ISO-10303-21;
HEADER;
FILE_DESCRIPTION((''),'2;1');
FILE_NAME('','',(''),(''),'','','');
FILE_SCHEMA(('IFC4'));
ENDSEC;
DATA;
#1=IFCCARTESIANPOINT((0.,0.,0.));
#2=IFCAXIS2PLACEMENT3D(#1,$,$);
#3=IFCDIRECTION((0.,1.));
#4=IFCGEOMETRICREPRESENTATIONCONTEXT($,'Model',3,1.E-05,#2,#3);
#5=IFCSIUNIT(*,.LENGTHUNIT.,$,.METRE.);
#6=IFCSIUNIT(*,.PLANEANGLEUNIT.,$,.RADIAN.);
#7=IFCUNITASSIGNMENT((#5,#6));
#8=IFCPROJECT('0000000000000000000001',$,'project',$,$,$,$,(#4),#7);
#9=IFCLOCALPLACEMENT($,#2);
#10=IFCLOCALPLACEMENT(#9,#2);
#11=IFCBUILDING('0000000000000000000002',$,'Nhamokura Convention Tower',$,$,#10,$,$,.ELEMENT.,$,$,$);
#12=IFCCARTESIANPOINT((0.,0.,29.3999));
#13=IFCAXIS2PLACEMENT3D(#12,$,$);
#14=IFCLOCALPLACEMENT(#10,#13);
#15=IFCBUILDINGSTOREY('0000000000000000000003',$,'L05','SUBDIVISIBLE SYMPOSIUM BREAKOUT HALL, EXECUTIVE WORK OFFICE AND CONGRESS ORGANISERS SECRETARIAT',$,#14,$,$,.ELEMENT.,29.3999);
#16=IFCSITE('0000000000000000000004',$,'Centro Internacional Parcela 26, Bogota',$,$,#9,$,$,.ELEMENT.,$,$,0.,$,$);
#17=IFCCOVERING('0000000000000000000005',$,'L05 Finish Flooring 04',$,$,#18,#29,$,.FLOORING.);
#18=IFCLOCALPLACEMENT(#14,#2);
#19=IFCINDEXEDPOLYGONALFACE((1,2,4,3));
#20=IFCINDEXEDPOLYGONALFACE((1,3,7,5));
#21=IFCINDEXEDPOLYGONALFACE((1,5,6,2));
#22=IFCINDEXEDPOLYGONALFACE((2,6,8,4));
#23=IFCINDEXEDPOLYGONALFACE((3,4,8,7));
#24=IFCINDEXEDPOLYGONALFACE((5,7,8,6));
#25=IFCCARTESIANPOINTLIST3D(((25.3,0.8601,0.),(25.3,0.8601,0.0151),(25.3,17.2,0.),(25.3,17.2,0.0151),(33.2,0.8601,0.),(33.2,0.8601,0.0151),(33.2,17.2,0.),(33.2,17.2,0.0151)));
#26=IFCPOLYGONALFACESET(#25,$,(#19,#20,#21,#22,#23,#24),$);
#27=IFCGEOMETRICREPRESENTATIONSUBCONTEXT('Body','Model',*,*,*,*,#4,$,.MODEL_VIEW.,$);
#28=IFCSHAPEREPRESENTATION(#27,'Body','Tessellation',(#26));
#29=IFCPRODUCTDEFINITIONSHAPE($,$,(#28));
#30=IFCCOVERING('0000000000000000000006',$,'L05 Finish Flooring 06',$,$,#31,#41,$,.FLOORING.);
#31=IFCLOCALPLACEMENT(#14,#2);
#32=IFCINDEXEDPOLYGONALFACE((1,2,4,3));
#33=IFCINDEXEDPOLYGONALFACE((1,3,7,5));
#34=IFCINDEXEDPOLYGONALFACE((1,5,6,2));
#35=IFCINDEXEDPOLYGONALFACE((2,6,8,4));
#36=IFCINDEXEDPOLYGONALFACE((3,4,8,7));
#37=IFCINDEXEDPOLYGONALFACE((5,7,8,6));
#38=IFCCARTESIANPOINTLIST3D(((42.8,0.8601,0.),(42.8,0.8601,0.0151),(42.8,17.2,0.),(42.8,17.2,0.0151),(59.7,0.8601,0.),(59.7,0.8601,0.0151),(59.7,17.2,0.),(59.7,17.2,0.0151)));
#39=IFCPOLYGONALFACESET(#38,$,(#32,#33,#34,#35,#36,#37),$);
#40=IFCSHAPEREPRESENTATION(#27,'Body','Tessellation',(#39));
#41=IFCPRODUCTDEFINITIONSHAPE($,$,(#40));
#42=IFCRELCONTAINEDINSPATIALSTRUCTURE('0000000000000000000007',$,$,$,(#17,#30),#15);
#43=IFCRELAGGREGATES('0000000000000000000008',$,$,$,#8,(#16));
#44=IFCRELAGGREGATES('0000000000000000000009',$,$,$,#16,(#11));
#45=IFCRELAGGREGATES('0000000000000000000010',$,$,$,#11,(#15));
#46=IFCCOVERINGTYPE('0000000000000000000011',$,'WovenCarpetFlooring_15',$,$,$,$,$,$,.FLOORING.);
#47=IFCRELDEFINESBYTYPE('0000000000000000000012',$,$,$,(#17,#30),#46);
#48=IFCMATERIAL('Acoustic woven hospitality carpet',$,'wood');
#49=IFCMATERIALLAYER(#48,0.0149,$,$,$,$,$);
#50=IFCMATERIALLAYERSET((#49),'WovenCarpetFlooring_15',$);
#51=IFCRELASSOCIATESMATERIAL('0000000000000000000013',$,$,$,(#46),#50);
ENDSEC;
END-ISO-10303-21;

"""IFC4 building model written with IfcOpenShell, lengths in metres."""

from ifc_helpers import new_model, si_unit, direction, frame, origin, place, context, subcontext, project, spatial, polyline, outline, extrude, material, layer, layer_set, type_object, element, save


model = new_model("IFC4")

# Units and contexts
model_context = context("Model", 3, precision=1e-05, world=origin(), true_north=direction((0.0, 1.0)))
body_context = subcontext(model_context, "Body", "Model", "MODEL_VIEW")
ifc_project = project(units=[si_unit("LENGTHUNIT", "METRE"), si_unit("PLANEANGLEUNIT", "RADIAN")], contexts=[model_context])

# Site, building, storey
site_placement = place(None, origin())
site = spatial("IfcSite", under=ifc_project, at=site_placement, Name="Centro Internacional Parcela 26, Bogota", CompositionType="ELEMENT", RefElevation=0.0)
building_placement = place(site_placement, origin())
building = spatial("IfcBuilding", under=site, at=building_placement, Name="Nhamokura Convention Tower", CompositionType="ELEMENT")
storey_placement = place(building_placement, frame((0.0, 0.0, 29.3999)))
storey = spatial("IfcBuildingStorey", under=building, at=storey_placement, Name="L05", Description="SUBDIVISIBLE SYMPOSIUM BREAKOUT HALL, EXECUTIVE WORK OFFICE AND CONGRESS ORGANISERS SECRETARIAT", CompositionType="ELEMENT", Elevation=29.3999)

# Coverings
ifc_material_1 = material(Name="Acoustic woven hospitality carpet", Category="wood")
ifc_layer_1 = layer(ifc_material_1, 0.0149)
ifc_layer_set_1 = layer_set([ifc_layer_1], Name="WovenCarpetFlooring_15")
covering_type_1 = type_object("IfcCoveringType", Name="WovenCarpetFlooring_15", PredefinedType="FLOORING", material=ifc_layer_set_1)
covering_1_placement = place(storey_placement, origin())
element("IfcCovering", 1, at=covering_1_placement, inside=storey, type_object=covering_type_1, Name="L05 Finish Flooring 04", PredefinedType="FLOORING", context=body_context, shape_type="SweptSolid", body=[
    extrude(outline(polyline([(25.3, 0.8601), (33.2, 0.8601), (33.2, 17.2), (25.3, 17.2), (25.3, 0.8601)])), origin(), (0.0, 0.0, 1.0), 0.0151),
])
covering_2_placement = place(storey_placement, origin())
element("IfcCovering", 2, at=covering_2_placement, inside=storey, type_object=covering_type_1, Name="L05 Finish Flooring 06", PredefinedType="FLOORING", context=body_context, shape_type="SweptSolid", body=[
    extrude(outline(polyline([(42.8, 0.8601), (59.7, 0.8601), (59.7, 17.2), (42.8, 17.2), (42.8, 0.8601)])), origin(), (0.0, 0.0, 1.0), 0.0151),
])

save(model, "model.ifc")
